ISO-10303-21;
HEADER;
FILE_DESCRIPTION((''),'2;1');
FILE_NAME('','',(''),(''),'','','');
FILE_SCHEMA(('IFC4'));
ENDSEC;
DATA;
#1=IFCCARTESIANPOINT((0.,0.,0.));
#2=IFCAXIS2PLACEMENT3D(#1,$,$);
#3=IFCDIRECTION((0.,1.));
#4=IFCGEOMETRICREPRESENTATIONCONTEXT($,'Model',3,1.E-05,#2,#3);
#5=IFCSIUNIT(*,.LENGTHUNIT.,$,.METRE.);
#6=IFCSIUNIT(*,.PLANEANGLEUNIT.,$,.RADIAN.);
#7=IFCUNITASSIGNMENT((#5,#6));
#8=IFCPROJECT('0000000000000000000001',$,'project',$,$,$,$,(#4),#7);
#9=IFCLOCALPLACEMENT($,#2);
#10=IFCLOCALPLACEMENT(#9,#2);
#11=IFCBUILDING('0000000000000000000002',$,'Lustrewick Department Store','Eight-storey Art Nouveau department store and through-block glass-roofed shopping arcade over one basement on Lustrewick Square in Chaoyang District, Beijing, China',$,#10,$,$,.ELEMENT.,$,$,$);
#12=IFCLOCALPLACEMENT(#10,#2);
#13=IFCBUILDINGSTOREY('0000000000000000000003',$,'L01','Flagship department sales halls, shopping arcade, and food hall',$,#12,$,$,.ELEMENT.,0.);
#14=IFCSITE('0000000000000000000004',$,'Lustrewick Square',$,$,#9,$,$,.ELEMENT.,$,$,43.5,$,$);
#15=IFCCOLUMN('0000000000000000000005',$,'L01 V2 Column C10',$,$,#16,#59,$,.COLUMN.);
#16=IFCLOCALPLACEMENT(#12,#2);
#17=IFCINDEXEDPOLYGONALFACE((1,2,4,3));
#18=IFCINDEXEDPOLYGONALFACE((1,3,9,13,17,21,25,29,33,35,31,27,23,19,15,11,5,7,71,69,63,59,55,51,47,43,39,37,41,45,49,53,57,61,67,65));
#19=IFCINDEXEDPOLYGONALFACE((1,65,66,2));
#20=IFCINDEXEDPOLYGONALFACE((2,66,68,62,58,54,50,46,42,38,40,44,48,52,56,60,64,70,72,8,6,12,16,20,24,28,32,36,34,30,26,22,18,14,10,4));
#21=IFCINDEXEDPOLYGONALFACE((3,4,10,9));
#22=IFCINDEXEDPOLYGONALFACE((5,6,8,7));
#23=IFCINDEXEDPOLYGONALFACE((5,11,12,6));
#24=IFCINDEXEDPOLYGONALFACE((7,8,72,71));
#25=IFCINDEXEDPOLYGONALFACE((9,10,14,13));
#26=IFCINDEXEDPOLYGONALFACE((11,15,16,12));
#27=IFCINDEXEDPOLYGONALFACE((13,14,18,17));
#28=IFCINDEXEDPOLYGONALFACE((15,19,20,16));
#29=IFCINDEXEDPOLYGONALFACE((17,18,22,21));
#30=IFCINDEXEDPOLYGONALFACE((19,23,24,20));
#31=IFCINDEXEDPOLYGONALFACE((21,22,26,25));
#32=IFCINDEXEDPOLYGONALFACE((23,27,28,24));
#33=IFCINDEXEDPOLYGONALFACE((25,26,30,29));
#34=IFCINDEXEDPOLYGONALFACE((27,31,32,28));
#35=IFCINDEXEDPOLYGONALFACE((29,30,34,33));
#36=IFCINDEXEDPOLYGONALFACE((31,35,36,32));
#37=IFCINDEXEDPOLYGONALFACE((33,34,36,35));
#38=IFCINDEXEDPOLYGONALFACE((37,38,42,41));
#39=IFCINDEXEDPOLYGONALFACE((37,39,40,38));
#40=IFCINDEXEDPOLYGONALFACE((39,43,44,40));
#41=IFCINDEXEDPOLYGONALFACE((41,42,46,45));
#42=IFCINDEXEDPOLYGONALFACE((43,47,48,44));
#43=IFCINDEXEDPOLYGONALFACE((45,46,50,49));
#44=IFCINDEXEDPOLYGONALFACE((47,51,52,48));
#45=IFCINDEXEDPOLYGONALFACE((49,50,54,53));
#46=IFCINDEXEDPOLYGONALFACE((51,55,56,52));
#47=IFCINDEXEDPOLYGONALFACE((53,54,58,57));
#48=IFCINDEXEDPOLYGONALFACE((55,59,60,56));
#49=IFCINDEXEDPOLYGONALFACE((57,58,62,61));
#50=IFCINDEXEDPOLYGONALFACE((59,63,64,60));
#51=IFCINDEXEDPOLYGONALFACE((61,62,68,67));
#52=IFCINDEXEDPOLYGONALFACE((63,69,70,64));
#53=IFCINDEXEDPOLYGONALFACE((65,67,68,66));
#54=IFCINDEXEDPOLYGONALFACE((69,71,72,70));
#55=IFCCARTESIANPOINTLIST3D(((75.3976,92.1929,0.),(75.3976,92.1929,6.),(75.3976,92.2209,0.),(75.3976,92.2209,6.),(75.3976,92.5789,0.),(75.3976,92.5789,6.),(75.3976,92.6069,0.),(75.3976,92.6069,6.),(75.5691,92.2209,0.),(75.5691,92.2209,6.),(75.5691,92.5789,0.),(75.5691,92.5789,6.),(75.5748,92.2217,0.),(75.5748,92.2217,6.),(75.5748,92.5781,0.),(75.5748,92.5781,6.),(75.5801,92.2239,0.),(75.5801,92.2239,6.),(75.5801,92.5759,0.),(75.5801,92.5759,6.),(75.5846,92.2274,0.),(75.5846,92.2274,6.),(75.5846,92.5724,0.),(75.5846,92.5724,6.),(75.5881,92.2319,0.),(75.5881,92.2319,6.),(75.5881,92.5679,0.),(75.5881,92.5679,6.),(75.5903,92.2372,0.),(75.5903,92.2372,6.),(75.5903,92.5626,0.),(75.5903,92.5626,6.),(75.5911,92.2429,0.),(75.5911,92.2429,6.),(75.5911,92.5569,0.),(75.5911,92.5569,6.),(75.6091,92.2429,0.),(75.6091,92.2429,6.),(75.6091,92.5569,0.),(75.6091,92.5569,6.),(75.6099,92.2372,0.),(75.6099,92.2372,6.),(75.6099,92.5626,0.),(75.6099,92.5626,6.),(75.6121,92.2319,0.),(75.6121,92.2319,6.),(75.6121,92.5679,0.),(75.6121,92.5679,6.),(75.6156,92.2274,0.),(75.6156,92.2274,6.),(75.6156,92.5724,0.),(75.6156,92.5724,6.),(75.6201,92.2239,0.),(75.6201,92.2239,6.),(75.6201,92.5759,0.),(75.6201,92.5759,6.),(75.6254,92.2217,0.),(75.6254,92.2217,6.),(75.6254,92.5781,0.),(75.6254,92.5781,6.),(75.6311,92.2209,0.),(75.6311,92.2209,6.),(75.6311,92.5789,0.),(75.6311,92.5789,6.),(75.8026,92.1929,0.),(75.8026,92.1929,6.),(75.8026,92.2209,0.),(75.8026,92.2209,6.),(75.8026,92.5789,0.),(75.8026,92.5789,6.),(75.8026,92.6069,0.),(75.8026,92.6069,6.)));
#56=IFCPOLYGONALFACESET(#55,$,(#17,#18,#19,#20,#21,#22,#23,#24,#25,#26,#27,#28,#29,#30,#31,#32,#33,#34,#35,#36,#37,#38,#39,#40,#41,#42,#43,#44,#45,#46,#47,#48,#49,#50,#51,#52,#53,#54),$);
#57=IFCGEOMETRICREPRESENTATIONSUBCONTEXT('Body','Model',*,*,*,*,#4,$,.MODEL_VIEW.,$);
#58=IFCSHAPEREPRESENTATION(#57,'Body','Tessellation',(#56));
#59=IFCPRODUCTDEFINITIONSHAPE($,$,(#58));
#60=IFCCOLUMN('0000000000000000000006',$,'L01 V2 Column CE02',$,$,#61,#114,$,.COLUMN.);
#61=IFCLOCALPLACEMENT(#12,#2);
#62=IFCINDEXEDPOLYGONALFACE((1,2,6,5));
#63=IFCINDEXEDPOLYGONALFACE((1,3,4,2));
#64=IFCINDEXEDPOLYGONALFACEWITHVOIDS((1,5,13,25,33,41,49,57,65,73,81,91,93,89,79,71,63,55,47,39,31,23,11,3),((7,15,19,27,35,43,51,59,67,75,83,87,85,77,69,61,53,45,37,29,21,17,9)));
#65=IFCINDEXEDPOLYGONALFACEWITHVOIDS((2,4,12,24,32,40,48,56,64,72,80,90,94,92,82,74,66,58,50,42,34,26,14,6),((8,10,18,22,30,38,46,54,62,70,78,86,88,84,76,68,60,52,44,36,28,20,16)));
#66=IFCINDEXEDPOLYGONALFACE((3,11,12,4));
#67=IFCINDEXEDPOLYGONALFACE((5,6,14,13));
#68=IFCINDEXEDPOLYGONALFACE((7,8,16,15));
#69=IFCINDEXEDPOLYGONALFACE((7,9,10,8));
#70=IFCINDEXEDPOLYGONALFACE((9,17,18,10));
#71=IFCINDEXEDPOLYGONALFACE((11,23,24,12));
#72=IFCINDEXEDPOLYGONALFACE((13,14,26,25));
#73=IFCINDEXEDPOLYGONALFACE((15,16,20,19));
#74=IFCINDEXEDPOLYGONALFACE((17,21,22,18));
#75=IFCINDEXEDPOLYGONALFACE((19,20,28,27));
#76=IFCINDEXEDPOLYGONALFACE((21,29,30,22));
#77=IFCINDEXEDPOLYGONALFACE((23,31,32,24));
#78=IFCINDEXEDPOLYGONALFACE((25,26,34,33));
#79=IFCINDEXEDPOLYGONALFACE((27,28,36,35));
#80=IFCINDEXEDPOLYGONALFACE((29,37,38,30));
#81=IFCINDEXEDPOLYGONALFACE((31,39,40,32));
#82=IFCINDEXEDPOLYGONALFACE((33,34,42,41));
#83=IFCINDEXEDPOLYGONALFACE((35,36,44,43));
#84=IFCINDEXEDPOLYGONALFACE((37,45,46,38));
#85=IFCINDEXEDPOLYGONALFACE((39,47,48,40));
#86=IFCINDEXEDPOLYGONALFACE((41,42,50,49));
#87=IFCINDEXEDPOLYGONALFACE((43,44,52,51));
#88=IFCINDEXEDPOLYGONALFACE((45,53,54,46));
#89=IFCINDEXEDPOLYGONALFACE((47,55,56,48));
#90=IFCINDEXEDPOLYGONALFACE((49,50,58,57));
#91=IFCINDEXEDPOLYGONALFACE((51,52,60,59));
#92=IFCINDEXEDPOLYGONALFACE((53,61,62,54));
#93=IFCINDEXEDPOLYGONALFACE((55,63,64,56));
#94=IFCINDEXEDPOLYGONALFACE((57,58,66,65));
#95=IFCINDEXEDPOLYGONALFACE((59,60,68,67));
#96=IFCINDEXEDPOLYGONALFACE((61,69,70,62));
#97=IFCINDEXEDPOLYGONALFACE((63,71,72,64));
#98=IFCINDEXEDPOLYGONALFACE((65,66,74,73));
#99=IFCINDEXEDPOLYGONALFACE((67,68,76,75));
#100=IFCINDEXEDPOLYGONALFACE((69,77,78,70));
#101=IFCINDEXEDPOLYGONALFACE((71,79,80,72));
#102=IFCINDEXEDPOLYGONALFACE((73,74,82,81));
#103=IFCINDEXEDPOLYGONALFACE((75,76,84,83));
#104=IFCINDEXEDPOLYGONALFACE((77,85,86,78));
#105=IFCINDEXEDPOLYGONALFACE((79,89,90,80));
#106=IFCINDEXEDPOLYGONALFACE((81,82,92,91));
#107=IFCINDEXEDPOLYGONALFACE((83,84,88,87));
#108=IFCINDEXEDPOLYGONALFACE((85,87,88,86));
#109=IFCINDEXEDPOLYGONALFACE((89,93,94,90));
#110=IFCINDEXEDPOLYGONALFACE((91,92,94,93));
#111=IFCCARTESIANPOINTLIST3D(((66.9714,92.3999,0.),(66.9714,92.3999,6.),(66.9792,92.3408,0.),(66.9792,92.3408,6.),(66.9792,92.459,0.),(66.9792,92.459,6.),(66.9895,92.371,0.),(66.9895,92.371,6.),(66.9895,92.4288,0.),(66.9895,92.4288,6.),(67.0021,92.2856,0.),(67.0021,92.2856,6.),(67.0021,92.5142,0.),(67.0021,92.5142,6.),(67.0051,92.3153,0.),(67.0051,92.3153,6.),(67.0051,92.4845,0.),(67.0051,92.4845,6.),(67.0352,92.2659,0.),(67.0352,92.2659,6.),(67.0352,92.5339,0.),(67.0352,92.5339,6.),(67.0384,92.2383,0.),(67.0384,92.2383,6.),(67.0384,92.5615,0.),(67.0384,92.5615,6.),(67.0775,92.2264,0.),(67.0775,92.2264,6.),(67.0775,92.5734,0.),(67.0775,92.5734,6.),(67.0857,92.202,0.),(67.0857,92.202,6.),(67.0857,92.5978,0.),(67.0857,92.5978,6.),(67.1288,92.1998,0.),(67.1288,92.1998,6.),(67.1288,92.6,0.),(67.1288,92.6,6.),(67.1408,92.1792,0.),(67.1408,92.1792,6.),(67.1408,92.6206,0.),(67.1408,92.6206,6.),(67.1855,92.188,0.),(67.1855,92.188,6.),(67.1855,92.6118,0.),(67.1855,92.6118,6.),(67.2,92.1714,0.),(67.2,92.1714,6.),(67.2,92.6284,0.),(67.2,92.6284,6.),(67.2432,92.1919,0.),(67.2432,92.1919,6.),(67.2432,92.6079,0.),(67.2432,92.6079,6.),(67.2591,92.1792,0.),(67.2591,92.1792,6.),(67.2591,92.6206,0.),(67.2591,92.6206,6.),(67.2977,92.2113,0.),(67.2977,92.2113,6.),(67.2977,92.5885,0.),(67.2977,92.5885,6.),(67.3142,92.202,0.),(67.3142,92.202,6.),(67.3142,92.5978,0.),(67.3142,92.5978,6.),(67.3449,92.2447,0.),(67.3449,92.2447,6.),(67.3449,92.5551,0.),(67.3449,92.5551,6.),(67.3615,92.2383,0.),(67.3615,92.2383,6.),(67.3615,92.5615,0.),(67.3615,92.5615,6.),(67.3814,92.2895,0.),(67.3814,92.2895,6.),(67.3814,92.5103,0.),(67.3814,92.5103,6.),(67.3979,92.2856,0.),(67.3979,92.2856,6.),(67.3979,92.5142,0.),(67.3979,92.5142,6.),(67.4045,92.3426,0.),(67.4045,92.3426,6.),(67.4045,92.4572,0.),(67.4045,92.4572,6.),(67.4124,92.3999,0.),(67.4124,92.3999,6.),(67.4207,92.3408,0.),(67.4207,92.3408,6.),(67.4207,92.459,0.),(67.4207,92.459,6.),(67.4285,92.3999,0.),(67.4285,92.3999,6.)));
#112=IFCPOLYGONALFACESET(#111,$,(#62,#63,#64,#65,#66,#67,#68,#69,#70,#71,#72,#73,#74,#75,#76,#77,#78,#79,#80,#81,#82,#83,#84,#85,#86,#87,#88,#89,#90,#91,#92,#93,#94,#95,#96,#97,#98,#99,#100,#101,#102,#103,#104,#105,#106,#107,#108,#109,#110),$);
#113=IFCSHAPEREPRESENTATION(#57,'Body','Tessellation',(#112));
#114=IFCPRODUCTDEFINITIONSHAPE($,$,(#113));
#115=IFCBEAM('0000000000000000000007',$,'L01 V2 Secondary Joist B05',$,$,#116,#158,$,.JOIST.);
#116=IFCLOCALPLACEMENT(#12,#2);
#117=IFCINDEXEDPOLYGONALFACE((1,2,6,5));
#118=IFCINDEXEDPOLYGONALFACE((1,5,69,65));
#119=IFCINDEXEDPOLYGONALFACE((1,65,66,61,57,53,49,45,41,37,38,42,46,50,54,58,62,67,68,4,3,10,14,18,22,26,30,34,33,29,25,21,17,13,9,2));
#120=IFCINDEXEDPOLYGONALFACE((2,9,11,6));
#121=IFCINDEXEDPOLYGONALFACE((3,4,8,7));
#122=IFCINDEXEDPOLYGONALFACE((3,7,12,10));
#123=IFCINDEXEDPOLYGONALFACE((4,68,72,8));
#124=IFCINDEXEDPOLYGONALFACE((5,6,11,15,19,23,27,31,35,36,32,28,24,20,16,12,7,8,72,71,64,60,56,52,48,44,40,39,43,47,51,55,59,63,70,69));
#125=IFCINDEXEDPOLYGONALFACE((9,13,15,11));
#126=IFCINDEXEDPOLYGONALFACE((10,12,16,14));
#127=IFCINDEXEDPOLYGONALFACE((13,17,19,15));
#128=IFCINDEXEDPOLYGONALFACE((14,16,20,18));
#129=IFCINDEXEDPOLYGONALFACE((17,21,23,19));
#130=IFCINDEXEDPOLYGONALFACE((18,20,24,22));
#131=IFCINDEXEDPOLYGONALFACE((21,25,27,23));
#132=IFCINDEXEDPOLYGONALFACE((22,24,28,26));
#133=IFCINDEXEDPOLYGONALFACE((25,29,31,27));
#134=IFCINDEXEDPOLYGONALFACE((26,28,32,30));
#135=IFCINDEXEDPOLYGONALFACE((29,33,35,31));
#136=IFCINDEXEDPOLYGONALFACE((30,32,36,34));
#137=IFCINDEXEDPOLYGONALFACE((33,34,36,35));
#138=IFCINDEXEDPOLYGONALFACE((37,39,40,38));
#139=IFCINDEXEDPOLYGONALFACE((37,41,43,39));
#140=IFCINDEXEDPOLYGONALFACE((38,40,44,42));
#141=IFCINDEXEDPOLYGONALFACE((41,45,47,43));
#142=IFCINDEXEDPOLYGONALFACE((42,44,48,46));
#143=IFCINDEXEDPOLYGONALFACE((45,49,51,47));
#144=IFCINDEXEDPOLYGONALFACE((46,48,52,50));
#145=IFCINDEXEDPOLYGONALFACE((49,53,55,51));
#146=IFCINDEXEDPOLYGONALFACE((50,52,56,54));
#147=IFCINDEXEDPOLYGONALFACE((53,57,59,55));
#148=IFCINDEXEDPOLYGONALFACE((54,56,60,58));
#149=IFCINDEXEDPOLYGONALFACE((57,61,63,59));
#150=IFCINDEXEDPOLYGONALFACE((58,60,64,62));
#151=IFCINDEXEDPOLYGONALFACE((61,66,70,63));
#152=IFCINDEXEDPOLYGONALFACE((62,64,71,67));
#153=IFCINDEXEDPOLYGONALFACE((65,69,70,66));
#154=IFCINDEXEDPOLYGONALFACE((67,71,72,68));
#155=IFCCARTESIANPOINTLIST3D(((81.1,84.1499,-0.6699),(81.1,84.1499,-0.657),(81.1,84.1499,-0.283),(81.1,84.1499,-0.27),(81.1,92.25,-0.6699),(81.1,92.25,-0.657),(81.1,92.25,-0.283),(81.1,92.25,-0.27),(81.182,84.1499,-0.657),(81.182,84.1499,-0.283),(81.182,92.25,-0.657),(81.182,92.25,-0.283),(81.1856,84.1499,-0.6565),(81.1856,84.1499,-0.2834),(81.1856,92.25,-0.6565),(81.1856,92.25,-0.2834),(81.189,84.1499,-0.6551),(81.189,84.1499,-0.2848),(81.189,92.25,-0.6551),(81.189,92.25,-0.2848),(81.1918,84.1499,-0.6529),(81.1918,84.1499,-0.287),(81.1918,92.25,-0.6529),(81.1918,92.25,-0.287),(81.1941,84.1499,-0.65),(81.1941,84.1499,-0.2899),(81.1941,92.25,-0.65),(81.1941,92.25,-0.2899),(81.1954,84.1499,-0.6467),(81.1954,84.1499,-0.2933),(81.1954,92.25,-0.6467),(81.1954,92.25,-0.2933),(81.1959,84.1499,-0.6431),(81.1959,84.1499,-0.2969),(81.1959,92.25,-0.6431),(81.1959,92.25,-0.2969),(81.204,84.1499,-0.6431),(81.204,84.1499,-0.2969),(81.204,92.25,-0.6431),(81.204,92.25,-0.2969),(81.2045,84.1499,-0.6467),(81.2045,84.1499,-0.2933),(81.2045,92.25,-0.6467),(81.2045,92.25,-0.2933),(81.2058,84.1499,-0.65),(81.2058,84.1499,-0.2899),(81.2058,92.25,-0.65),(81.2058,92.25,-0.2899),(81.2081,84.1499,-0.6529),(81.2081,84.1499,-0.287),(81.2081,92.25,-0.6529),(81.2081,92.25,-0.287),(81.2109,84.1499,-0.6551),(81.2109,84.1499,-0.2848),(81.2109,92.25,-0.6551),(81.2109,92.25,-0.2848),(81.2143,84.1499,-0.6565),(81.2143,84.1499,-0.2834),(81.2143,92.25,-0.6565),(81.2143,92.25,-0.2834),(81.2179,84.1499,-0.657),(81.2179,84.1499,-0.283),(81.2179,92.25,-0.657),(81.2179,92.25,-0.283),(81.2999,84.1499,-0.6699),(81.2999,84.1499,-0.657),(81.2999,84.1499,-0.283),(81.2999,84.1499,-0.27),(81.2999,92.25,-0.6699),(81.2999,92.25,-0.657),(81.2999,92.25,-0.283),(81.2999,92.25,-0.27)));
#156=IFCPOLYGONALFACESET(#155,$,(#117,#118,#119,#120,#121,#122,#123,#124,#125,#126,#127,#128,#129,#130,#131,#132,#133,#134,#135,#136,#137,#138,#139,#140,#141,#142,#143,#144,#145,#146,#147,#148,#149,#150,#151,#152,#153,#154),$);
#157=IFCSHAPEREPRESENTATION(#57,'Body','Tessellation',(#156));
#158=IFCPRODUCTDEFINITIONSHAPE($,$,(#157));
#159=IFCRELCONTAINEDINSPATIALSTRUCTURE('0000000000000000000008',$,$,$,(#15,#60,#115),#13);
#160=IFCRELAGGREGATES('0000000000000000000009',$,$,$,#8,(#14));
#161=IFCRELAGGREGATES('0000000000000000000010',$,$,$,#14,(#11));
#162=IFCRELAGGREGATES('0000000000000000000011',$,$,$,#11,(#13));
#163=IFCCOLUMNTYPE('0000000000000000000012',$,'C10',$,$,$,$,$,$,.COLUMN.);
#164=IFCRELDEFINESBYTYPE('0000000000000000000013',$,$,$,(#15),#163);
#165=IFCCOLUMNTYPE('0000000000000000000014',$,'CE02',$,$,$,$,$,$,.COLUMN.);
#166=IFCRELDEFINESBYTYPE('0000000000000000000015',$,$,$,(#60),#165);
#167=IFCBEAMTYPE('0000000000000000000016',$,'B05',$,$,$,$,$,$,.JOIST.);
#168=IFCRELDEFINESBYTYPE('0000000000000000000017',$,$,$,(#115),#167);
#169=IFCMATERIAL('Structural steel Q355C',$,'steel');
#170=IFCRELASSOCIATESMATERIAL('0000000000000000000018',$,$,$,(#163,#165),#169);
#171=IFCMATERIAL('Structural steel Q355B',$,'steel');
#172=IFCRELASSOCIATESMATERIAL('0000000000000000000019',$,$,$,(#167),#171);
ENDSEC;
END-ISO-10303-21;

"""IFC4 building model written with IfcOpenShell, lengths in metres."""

from ifc_helpers import new_model, si_unit, direction, frame, origin, origin_2d, place, context, subcontext, project, spatial, hollow_circle, i_section, extrude, material, material_profile, profile_set, type_object, element, save


model = new_model("IFC4")

# Units and contexts
model_context = context("Model", 3, precision=1e-05, world=origin(), true_north=direction((0.0, 1.0)))
body_context = subcontext(model_context, "Body", "Model", "MODEL_VIEW")
ifc_project = project(units=[si_unit("LENGTHUNIT", "METRE"), si_unit("PLANEANGLEUNIT", "RADIAN")], contexts=[model_context])

# Site, building, storey
site_placement = place(None, origin())
site = spatial("IfcSite", under=ifc_project, at=site_placement, Name="Lustrewick Square", CompositionType="ELEMENT", RefElevation=43.5)
building_placement = place(site_placement, origin())
building = spatial("IfcBuilding", under=site, at=building_placement, Name="Lustrewick Department Store", Description="Eight-storey Art Nouveau department store and through-block glass-roofed shopping arcade over one basement on Lustrewick Square in Chaoyang District, Beijing, China", CompositionType="ELEMENT")
storey_placement = place(building_placement, origin())
storey = spatial("IfcBuildingStorey", under=building, at=storey_placement, Name="L01", Description="Flagship department sales halls, shopping arcade, and food hall", CompositionType="ELEMENT", Elevation=0.0)

# Columns
ifc_material_1 = material(Name="Structural steel Q355C", Category="steel")
ifc_material_profile_1 = material_profile(ifc_material_1, i_section(OverallWidth=0.405, OverallDepth=0.4141, WebThickness=0.0181, FlangeThickness=0.0281, FilletRadius=0.022, at=origin_2d()), Name="HW 414x405x18x28")
ifc_profile_set_1 = profile_set([ifc_material_profile_1], Name="Structural steel Q355C")
column_type_1 = type_object("IfcColumnType", Name="C10", PredefinedType="COLUMN", material=ifc_profile_set_1)
column_1_placement = place(storey_placement, frame((75.6001, 92.3999, 0.0), z_axis=(0.0, 0.0, 1.0), x_axis=(1.0, 0.0, 0.0)))
element("IfcColumn", 1, at=column_1_placement, inside=storey, type_object=column_type_1, Name="L01 V2 Column C10", PredefinedType="COLUMN", context=body_context, shape_type="SweptSolid", body=[
    extrude(i_section(OverallWidth=0.405, OverallDepth=0.4141, WebThickness=0.0181, FlangeThickness=0.0281, FilletRadius=0.022, at=origin_2d()), origin(), (0.0, 0.0, 1.0), 6.0),
])
ifc_material_profile_2 = material_profile(ifc_material_1, hollow_circle(Radius=0.2285, WallThickness=0.0161, at=origin_2d()), Name="CHS 457x16")
ifc_profile_set_2 = profile_set([ifc_material_profile_2], Name="Structural steel Q355C")
column_type_2 = type_object("IfcColumnType", Name="CE02", PredefinedType="COLUMN", material=ifc_profile_set_2)
column_2_placement = place(storey_placement, frame((67.2, 92.3999, 0.0), z_axis=(0.0, 0.0, 1.0), x_axis=(1.0, 0.0, 0.0)))
element("IfcColumn", 2, at=column_2_placement, inside=storey, type_object=column_type_2, Name="L01 V2 Column CE02", PredefinedType="COLUMN", context=body_context, shape_type="SweptSolid", body=[
    extrude(hollow_circle(Radius=0.2285, WallThickness=0.0161, at=origin_2d()), origin(), (0.0, 0.0, 1.0), 6.0),
])

# Beam
ifc_material_2 = material(Name="Structural steel Q355B", Category="steel")
ifc_material_profile_3 = material_profile(ifc_material_2, i_section(OverallWidth=0.2, OverallDepth=0.3999, WebThickness=0.0081, FlangeThickness=0.0129, FilletRadius=0.0139, at=origin_2d()), Name="HN 400x200x8x13")
ifc_profile_set_3 = profile_set([ifc_material_profile_3], Name="Structural steel Q355B")
beam_type_1 = type_object("IfcBeamType", Name="B05", PredefinedType="JOIST", material=ifc_profile_set_3)
beam_1_placement = place(storey_placement, frame((81.2, 84.1499, -0.47), z_axis=(0.0, 1.0, 0.0), x_axis=(-1.0, 0.0, 0.0)))
element("IfcBeam", 3, at=beam_1_placement, inside=storey, type_object=beam_type_1, Name="L01 V2 Secondary Joist B05", PredefinedType="JOIST", context=body_context, shape_type="SweptSolid", body=[
    extrude(i_section(OverallWidth=0.2, OverallDepth=0.3999, WebThickness=0.0081, FlangeThickness=0.0129, FilletRadius=0.0139, at=origin_2d()), origin(), (0.0, 0.0, 1.0), 8.1001),
])

save(model, "model.ifc")
